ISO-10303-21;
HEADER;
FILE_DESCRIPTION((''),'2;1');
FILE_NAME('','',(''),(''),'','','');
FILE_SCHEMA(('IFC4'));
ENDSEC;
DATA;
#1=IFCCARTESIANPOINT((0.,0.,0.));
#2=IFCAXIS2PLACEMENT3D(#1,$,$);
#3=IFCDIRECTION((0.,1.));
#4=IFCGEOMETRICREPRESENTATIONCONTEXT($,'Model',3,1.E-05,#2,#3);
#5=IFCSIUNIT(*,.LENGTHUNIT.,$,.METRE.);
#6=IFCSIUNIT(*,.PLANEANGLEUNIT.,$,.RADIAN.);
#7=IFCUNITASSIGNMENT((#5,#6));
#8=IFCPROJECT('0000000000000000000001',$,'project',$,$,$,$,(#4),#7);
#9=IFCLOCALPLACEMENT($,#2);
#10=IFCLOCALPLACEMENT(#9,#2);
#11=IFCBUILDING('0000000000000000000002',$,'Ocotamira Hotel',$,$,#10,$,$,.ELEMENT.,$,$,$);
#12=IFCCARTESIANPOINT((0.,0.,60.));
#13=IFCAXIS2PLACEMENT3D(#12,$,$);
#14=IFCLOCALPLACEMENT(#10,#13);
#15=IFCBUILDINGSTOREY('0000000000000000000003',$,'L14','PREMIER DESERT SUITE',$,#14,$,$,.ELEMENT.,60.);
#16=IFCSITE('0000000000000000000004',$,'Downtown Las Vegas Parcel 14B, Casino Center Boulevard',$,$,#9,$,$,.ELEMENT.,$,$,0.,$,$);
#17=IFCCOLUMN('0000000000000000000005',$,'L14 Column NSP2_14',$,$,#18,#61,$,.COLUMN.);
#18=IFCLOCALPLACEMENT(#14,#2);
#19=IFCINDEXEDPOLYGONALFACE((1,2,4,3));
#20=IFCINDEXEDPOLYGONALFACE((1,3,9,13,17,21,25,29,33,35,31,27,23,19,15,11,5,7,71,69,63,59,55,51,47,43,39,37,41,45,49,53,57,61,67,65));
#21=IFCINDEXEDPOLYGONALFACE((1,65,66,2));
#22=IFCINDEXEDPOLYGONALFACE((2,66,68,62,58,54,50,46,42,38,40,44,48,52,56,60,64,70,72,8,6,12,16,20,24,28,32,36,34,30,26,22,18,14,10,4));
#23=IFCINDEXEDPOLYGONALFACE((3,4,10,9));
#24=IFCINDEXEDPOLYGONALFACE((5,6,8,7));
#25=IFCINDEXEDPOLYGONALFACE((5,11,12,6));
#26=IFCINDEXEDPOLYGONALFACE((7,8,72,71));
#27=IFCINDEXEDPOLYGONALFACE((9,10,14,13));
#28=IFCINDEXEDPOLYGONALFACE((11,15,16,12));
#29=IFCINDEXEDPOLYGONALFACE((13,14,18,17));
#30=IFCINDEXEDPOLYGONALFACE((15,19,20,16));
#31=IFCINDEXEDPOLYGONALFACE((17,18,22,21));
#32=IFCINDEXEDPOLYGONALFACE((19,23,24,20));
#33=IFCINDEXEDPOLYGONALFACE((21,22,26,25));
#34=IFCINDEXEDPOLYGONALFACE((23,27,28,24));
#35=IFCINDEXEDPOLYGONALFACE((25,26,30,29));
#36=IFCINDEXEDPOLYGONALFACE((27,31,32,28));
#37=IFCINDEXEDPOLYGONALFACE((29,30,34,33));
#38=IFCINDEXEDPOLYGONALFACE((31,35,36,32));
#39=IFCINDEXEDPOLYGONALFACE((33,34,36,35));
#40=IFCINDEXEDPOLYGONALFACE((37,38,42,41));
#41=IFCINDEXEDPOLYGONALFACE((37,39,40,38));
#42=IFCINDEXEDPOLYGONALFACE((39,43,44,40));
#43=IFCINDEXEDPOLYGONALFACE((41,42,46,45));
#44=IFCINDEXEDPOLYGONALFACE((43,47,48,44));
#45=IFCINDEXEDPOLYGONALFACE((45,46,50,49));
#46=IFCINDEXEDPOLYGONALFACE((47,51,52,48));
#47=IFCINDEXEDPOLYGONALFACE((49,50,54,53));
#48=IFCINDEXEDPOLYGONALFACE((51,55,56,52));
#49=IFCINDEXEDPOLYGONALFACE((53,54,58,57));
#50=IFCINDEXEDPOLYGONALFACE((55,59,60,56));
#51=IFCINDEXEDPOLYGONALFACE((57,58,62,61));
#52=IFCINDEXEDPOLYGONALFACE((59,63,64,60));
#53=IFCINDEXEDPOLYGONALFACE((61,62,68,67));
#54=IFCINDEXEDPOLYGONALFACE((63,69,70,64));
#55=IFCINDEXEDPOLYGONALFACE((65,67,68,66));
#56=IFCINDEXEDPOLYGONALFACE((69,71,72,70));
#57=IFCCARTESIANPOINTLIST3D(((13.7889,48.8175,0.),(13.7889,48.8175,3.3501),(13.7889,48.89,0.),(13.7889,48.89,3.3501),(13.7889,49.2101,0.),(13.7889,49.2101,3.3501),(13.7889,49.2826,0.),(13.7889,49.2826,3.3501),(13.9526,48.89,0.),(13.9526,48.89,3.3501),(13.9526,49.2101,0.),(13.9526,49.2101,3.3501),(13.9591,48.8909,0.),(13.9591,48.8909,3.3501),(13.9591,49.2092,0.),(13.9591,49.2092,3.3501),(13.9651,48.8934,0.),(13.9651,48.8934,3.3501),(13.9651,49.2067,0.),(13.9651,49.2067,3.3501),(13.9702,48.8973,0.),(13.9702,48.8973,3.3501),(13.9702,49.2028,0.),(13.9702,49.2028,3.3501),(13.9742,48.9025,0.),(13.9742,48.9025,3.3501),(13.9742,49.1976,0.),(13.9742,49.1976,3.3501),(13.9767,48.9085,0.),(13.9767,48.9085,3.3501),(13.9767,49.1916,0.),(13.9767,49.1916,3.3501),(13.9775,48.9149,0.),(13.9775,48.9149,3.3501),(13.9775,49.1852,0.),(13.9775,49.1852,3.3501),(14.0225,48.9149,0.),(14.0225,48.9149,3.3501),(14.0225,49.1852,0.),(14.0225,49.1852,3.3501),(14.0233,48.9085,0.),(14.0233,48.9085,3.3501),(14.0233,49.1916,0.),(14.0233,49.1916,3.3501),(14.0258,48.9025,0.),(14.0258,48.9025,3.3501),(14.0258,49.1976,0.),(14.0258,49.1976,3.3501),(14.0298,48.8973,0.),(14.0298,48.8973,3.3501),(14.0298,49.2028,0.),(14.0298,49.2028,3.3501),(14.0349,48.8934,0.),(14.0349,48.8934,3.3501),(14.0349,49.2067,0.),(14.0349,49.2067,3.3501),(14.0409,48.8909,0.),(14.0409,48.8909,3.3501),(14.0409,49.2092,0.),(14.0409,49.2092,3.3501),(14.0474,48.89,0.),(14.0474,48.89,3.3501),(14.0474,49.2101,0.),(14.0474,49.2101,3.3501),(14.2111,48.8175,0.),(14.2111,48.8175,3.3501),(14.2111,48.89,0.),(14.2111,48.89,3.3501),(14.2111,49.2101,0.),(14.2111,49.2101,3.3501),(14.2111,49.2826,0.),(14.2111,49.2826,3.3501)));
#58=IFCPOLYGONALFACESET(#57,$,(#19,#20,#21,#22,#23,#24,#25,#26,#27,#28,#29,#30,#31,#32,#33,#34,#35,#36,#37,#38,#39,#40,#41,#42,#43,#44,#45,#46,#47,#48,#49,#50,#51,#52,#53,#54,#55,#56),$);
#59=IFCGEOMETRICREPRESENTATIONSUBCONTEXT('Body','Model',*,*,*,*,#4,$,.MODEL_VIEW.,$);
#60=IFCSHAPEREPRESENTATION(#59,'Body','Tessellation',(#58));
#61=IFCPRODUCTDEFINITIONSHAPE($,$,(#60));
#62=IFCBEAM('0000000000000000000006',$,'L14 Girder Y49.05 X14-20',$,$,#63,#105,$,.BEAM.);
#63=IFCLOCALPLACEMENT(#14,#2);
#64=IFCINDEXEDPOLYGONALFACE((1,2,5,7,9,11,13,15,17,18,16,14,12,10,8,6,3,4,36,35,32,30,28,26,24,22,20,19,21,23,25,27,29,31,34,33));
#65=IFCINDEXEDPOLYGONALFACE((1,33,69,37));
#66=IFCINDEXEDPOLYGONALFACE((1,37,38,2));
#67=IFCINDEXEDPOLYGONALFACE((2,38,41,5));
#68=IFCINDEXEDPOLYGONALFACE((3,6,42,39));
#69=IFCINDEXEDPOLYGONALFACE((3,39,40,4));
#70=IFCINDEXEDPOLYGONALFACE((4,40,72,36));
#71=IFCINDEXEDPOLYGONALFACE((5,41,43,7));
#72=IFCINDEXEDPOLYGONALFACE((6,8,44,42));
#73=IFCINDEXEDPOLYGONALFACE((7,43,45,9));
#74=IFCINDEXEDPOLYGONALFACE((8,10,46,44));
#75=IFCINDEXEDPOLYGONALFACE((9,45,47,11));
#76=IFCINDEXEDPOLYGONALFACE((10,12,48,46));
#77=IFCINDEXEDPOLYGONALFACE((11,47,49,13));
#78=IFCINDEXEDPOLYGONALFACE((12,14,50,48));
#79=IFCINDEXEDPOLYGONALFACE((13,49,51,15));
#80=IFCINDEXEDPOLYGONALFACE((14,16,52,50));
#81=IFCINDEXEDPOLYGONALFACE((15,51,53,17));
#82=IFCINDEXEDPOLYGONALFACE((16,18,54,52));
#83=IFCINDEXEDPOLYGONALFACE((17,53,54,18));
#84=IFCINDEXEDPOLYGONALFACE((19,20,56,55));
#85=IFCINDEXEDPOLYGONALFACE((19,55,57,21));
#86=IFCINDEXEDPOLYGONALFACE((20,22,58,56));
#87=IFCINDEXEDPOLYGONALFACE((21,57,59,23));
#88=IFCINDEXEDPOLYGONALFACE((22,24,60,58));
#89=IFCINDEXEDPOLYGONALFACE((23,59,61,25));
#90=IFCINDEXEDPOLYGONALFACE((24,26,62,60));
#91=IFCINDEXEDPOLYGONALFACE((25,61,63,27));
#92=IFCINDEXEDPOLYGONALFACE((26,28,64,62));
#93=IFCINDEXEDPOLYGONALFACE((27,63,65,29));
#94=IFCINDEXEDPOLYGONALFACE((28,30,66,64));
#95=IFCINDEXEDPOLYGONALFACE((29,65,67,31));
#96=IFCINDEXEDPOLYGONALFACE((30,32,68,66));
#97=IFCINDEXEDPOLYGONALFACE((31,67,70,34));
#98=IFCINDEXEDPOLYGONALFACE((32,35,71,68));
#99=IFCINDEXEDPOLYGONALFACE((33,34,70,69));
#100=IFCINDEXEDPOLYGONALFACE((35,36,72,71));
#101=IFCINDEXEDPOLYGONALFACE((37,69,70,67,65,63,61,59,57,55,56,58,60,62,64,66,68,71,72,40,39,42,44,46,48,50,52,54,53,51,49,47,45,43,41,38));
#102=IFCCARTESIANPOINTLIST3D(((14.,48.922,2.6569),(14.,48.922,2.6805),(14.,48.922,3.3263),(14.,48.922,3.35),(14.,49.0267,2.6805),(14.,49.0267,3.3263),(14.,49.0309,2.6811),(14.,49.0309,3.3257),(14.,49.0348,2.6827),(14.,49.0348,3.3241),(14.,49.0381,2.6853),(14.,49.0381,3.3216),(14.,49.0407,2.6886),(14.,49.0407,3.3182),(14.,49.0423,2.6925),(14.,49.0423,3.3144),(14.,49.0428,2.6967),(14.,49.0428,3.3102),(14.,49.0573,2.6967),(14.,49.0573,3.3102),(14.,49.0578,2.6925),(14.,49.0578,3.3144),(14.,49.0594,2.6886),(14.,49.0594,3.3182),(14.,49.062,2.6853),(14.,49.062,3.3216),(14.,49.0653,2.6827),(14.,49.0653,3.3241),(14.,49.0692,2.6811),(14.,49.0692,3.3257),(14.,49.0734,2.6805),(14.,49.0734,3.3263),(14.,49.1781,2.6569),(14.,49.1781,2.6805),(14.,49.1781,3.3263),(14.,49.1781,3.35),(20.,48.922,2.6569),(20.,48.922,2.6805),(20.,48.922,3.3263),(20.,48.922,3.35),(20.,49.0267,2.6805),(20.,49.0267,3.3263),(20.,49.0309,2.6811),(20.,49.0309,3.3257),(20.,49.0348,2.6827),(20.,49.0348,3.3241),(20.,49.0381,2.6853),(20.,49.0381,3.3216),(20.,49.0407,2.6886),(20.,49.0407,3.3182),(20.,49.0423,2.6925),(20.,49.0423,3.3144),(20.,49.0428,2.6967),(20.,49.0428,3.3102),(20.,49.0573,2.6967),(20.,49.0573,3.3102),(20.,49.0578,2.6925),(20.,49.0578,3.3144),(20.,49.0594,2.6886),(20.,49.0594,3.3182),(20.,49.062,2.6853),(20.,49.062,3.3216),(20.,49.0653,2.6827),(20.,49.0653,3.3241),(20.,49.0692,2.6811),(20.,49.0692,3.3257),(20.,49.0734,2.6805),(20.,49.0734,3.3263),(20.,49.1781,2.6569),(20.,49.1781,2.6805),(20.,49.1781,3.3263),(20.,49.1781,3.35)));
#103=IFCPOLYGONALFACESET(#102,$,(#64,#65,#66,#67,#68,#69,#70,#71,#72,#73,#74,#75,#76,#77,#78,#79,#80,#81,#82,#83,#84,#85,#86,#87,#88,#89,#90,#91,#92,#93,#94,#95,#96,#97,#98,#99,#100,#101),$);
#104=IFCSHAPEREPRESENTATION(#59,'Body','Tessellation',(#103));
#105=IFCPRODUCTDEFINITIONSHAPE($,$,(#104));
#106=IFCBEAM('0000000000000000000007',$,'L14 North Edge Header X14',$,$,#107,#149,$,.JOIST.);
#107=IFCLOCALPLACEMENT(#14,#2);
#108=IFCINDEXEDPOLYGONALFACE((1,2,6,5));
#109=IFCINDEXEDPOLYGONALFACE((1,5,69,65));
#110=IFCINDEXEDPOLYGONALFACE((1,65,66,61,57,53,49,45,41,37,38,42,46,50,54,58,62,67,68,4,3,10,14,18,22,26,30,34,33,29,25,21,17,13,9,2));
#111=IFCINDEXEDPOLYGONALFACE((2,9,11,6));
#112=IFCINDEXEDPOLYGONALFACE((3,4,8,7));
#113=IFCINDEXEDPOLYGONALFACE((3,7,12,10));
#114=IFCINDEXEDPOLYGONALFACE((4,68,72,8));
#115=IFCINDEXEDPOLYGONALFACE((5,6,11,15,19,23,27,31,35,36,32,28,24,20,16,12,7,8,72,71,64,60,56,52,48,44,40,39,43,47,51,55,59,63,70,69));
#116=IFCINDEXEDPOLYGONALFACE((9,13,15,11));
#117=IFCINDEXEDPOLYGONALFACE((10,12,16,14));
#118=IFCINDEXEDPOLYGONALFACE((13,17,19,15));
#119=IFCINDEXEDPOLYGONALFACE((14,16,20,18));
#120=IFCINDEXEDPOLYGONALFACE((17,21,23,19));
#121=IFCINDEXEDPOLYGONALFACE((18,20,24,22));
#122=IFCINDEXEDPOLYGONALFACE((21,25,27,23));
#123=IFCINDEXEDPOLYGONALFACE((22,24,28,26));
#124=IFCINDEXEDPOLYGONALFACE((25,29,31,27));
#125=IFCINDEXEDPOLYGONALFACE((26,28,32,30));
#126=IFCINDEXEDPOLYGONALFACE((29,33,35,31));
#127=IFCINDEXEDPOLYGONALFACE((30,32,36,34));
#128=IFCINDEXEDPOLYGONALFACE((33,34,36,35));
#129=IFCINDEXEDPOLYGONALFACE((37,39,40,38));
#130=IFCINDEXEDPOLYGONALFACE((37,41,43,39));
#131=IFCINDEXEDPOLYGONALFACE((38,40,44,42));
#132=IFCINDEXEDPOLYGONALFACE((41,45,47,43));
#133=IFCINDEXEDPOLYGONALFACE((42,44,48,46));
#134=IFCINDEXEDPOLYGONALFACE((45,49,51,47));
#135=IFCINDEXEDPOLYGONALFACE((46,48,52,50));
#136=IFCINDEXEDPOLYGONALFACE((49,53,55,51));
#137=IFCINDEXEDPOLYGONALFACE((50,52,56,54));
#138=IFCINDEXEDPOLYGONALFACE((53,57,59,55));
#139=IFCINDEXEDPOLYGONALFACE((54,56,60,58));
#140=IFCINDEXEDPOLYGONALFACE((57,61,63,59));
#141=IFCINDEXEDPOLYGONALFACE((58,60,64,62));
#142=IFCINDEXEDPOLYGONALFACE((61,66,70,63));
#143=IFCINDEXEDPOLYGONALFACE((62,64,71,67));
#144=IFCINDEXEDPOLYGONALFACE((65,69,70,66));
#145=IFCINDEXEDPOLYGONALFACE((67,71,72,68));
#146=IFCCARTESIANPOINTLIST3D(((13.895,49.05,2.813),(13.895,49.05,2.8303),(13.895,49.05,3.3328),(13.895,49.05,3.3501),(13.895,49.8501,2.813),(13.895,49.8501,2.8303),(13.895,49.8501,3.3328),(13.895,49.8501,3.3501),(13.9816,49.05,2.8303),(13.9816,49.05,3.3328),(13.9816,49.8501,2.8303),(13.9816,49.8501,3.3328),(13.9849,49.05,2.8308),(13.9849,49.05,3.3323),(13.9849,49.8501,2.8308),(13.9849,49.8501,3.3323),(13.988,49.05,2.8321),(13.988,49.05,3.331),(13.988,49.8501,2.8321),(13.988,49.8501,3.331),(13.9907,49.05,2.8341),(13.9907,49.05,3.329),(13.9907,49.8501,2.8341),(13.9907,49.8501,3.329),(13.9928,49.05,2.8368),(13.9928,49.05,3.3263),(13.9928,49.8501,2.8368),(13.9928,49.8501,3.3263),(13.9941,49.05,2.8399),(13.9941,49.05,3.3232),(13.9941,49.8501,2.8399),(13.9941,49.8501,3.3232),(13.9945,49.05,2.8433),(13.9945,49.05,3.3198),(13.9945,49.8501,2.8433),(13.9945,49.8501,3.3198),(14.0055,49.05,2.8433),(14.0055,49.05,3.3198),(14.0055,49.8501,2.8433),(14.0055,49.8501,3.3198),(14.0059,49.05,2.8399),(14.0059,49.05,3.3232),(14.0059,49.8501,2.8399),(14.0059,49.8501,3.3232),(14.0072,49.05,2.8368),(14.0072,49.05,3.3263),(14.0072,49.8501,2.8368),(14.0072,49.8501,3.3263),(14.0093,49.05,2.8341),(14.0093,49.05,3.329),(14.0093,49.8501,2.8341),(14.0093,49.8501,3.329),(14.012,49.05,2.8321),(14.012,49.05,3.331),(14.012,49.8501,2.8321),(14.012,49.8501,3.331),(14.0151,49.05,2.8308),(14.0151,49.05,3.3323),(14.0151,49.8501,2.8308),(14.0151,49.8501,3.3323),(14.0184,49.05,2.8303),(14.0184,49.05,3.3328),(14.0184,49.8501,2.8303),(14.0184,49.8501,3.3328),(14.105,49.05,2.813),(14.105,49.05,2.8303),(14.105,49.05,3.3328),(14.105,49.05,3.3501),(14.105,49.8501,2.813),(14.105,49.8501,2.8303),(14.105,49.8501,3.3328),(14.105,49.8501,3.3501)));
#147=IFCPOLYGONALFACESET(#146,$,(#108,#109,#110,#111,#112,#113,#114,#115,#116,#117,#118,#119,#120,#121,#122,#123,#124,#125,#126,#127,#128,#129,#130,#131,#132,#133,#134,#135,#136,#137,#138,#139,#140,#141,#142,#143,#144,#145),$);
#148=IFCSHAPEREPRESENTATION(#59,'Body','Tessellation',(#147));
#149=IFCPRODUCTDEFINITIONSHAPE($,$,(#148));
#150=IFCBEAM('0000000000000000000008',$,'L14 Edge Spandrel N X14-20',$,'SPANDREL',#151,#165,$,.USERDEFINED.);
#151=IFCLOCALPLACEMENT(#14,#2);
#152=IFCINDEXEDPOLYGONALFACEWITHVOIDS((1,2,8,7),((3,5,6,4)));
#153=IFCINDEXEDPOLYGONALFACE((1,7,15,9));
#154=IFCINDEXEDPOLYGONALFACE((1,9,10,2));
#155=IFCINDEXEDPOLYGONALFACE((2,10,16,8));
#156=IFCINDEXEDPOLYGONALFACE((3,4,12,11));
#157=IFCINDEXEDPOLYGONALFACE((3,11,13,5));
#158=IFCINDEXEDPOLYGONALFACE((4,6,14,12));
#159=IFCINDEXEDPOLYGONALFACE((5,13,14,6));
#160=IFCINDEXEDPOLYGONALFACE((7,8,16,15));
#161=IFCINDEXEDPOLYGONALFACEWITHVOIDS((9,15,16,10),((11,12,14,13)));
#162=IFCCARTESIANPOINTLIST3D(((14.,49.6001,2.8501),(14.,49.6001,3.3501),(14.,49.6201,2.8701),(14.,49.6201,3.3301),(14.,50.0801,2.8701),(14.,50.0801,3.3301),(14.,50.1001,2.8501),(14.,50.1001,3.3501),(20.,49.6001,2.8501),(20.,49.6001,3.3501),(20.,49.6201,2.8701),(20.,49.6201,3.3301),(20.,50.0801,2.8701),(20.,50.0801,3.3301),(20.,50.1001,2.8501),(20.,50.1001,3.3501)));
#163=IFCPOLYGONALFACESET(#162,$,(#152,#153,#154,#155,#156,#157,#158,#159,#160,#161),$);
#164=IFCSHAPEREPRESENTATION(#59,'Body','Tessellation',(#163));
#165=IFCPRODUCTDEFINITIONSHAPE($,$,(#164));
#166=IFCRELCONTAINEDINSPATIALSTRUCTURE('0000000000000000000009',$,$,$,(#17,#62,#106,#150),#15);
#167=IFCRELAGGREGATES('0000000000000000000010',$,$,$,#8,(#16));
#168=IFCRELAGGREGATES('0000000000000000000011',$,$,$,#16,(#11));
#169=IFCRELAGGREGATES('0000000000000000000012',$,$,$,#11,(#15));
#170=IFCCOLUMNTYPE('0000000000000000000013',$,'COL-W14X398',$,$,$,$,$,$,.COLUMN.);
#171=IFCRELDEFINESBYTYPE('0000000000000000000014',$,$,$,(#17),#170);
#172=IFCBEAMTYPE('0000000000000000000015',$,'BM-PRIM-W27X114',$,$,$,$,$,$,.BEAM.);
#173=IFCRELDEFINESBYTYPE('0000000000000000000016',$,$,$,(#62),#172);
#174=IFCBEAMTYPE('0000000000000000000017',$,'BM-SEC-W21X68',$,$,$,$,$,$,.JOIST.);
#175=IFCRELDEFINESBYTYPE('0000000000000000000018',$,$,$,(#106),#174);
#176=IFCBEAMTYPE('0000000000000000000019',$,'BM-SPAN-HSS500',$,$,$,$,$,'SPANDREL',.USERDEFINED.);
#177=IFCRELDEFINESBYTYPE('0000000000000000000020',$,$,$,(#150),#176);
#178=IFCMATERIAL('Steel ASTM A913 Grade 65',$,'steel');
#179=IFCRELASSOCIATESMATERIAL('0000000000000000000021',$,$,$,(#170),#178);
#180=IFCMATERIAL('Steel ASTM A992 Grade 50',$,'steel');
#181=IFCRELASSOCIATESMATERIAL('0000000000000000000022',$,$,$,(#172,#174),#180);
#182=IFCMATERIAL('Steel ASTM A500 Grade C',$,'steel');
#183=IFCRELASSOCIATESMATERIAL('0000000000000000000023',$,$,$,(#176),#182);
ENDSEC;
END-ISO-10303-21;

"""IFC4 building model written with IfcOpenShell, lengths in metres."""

from ifc_helpers import new_model, si_unit, direction, frame, origin, origin_2d, place, context, subcontext, project, spatial, hollow_rectangle, i_section, extrude, source, transform, mapped, material, material_profile, profile_set, type_object, element, save


model = new_model("IFC4")

# Units and contexts
model_context = context("Model", 3, precision=1e-05, world=origin(), true_north=direction((0.0, 1.0)))
body_context = subcontext(model_context, "Body", "Model", "MODEL_VIEW")
ifc_project = project(units=[si_unit("LENGTHUNIT", "METRE"), si_unit("PLANEANGLEUNIT", "RADIAN")], contexts=[model_context])

# Site, building, storey
site_placement = place(None, origin())
site = spatial("IfcSite", under=ifc_project, at=site_placement, Name="Downtown Las Vegas Parcel 14B, Casino Center Boulevard", CompositionType="ELEMENT", RefElevation=0.0)
building_placement = place(site_placement, origin())
building = spatial("IfcBuilding", under=site, at=building_placement, Name="Ocotamira Hotel", CompositionType="ELEMENT")
storey_placement = place(building_placement, frame((0.0, 0.0, 60.0)))
storey = spatial("IfcBuildingStorey", under=building, at=storey_placement, Name="L14", Description="PREMIER DESERT SUITE", CompositionType="ELEMENT", Elevation=60.0)

# Column
ifc_material_1 = material(Name="Steel ASTM A913 Grade 65", Category="steel")
ifc_material_profile_1 = material_profile(ifc_material_1, i_section(OverallWidth=0.4221, OverallDepth=0.4651, WebThickness=0.0449, FlangeThickness=0.0725, FilletRadius=0.0249, at=origin_2d()), Name="W14X398")
ifc_profile_set_1 = profile_set([ifc_material_profile_1], Name="Steel ASTM A913 Grade 65")
column_type = type_object("IfcColumnType", Name="COL-W14X398", PredefinedType="COLUMN", material=ifc_profile_set_1)
shared_shape_1 = source(origin(), body_context, "Body", "SweptSolid", [
    extrude(i_section(OverallWidth=0.4221, OverallDepth=0.4651, WebThickness=0.0449, FlangeThickness=0.0725, FilletRadius=0.0249, at=origin_2d()), origin(), (0.0, 0.0, 1.0), 3.3501),
])
column_placement = place(storey_placement, frame((14.0, 49.05, 0.0), z_axis=(0.0, 0.0, 1.0), x_axis=(1.0, 0.0, 0.0)))
element("IfcColumn", 1, at=column_placement, inside=storey, type_object=column_type, Name="L14 Column NSP2_14", PredefinedType="COLUMN", context=body_context, shape_type="MappedRepresentation", body=[
    mapped(shared_shape_1, transform((0.0, 0.0, 0.0), scale=1.0)),
])

# Beams
ifc_material_2 = material(Name="Steel ASTM A992 Grade 50", Category="steel")
ifc_material_profile_2 = material_profile(ifc_material_2, i_section(OverallWidth=0.2561, OverallDepth=0.6931, WebThickness=0.0144, FlangeThickness=0.0237, FilletRadius=0.0161, at=origin_2d()), Name="W27X114")
ifc_profile_set_2 = profile_set([ifc_material_profile_2], Name="Steel ASTM A992 Grade 50")
beam_type_1 = type_object("IfcBeamType", Name="BM-PRIM-W27X114", PredefinedType="BEAM", material=ifc_profile_set_2)
shared_shape_2 = source(origin(), body_context, "Body", "SweptSolid", [
    extrude(i_section(OverallWidth=0.2561, OverallDepth=0.6931, WebThickness=0.0144, FlangeThickness=0.0237, FilletRadius=0.0161, at=origin_2d()), origin(), (0.0, 0.0, 1.0), 6.0),
])
beam_1_placement = place(storey_placement, frame((14.0, 49.05, 3.0034), z_axis=(1.0, 0.0, 0.0), x_axis=(0.0, 1.0, 0.0)))
element("IfcBeam", 2, at=beam_1_placement, inside=storey, type_object=beam_type_1, Name="L14 Girder Y49.05 X14-20", PredefinedType="BEAM", context=body_context, shape_type="MappedRepresentation", body=[
    mapped(shared_shape_2, transform((0.0, 0.0, 0.0), scale=1.0)),
])
ifc_material_profile_3 = material_profile(ifc_material_2, i_section(OverallWidth=0.21, OverallDepth=0.5371, WebThickness=0.011, FlangeThickness=0.0173, FilletRadius=0.0129, at=origin_2d()), Name="W21X68")
ifc_profile_set_3 = profile_set([ifc_material_profile_3], Name="Steel ASTM A992 Grade 50")
beam_type_2 = type_object("IfcBeamType", Name="BM-SEC-W21X68", PredefinedType="JOIST", material=ifc_profile_set_3)
shared_shape_3 = source(origin(), body_context, "Body", "SweptSolid", [
    extrude(i_section(OverallWidth=0.21, OverallDepth=0.5371, WebThickness=0.011, FlangeThickness=0.0173, FilletRadius=0.0129, at=origin_2d()), origin(), (0.0, 0.0, 1.0), 0.8),
])
beam_2_placement = place(storey_placement, frame((14.0, 49.05, 3.0815), z_axis=(0.0, 1.0, 0.0), x_axis=(-1.0, 0.0, 0.0)))
element("IfcBeam", 3, at=beam_2_placement, inside=storey, type_object=beam_type_2, Name="L14 North Edge Header X14", PredefinedType="JOIST", context=body_context, shape_type="MappedRepresentation", body=[
    mapped(shared_shape_3, transform((0.0, 0.0, 0.0), scale=1.0)),
])
ifc_material_3 = material(Name="Steel ASTM A500 Grade C", Category="steel")
ifc_material_profile_4 = material_profile(ifc_material_3, hollow_rectangle(XDim=0.5, YDim=0.5, WallThickness=0.02, at=origin_2d()), Name="HSS500X500X20")
ifc_profile_set_4 = profile_set([ifc_material_profile_4], Name="Steel ASTM A500 Grade C")
beam_type_3 = type_object("IfcBeamType", Name="BM-SPAN-HSS500", ElementType="SPANDREL", PredefinedType="USERDEFINED", material=ifc_profile_set_4)
shared_shape_4 = source(origin(), body_context, "Body", "SweptSolid", [
    extrude(hollow_rectangle(XDim=0.5, YDim=0.5, WallThickness=0.02, at=origin_2d()), origin(), (0.0, 0.0, 1.0), 6.0),
])
beam_3_placement = place(storey_placement, frame((14.0, 49.8501, 3.1001), z_axis=(1.0, 0.0, 0.0), x_axis=(0.0, 1.0, 0.0)))
element("IfcBeam", 4, at=beam_3_placement, inside=storey, type_object=beam_type_3, Name="L14 Edge Spandrel N X14-20", ObjectType="SPANDREL", PredefinedType="USERDEFINED", context=body_context, shape_type="MappedRepresentation", body=[
    mapped(shared_shape_4, transform((0.0, 0.0, 0.0), scale=1.0)),
])

save(model, "model.ifc")
